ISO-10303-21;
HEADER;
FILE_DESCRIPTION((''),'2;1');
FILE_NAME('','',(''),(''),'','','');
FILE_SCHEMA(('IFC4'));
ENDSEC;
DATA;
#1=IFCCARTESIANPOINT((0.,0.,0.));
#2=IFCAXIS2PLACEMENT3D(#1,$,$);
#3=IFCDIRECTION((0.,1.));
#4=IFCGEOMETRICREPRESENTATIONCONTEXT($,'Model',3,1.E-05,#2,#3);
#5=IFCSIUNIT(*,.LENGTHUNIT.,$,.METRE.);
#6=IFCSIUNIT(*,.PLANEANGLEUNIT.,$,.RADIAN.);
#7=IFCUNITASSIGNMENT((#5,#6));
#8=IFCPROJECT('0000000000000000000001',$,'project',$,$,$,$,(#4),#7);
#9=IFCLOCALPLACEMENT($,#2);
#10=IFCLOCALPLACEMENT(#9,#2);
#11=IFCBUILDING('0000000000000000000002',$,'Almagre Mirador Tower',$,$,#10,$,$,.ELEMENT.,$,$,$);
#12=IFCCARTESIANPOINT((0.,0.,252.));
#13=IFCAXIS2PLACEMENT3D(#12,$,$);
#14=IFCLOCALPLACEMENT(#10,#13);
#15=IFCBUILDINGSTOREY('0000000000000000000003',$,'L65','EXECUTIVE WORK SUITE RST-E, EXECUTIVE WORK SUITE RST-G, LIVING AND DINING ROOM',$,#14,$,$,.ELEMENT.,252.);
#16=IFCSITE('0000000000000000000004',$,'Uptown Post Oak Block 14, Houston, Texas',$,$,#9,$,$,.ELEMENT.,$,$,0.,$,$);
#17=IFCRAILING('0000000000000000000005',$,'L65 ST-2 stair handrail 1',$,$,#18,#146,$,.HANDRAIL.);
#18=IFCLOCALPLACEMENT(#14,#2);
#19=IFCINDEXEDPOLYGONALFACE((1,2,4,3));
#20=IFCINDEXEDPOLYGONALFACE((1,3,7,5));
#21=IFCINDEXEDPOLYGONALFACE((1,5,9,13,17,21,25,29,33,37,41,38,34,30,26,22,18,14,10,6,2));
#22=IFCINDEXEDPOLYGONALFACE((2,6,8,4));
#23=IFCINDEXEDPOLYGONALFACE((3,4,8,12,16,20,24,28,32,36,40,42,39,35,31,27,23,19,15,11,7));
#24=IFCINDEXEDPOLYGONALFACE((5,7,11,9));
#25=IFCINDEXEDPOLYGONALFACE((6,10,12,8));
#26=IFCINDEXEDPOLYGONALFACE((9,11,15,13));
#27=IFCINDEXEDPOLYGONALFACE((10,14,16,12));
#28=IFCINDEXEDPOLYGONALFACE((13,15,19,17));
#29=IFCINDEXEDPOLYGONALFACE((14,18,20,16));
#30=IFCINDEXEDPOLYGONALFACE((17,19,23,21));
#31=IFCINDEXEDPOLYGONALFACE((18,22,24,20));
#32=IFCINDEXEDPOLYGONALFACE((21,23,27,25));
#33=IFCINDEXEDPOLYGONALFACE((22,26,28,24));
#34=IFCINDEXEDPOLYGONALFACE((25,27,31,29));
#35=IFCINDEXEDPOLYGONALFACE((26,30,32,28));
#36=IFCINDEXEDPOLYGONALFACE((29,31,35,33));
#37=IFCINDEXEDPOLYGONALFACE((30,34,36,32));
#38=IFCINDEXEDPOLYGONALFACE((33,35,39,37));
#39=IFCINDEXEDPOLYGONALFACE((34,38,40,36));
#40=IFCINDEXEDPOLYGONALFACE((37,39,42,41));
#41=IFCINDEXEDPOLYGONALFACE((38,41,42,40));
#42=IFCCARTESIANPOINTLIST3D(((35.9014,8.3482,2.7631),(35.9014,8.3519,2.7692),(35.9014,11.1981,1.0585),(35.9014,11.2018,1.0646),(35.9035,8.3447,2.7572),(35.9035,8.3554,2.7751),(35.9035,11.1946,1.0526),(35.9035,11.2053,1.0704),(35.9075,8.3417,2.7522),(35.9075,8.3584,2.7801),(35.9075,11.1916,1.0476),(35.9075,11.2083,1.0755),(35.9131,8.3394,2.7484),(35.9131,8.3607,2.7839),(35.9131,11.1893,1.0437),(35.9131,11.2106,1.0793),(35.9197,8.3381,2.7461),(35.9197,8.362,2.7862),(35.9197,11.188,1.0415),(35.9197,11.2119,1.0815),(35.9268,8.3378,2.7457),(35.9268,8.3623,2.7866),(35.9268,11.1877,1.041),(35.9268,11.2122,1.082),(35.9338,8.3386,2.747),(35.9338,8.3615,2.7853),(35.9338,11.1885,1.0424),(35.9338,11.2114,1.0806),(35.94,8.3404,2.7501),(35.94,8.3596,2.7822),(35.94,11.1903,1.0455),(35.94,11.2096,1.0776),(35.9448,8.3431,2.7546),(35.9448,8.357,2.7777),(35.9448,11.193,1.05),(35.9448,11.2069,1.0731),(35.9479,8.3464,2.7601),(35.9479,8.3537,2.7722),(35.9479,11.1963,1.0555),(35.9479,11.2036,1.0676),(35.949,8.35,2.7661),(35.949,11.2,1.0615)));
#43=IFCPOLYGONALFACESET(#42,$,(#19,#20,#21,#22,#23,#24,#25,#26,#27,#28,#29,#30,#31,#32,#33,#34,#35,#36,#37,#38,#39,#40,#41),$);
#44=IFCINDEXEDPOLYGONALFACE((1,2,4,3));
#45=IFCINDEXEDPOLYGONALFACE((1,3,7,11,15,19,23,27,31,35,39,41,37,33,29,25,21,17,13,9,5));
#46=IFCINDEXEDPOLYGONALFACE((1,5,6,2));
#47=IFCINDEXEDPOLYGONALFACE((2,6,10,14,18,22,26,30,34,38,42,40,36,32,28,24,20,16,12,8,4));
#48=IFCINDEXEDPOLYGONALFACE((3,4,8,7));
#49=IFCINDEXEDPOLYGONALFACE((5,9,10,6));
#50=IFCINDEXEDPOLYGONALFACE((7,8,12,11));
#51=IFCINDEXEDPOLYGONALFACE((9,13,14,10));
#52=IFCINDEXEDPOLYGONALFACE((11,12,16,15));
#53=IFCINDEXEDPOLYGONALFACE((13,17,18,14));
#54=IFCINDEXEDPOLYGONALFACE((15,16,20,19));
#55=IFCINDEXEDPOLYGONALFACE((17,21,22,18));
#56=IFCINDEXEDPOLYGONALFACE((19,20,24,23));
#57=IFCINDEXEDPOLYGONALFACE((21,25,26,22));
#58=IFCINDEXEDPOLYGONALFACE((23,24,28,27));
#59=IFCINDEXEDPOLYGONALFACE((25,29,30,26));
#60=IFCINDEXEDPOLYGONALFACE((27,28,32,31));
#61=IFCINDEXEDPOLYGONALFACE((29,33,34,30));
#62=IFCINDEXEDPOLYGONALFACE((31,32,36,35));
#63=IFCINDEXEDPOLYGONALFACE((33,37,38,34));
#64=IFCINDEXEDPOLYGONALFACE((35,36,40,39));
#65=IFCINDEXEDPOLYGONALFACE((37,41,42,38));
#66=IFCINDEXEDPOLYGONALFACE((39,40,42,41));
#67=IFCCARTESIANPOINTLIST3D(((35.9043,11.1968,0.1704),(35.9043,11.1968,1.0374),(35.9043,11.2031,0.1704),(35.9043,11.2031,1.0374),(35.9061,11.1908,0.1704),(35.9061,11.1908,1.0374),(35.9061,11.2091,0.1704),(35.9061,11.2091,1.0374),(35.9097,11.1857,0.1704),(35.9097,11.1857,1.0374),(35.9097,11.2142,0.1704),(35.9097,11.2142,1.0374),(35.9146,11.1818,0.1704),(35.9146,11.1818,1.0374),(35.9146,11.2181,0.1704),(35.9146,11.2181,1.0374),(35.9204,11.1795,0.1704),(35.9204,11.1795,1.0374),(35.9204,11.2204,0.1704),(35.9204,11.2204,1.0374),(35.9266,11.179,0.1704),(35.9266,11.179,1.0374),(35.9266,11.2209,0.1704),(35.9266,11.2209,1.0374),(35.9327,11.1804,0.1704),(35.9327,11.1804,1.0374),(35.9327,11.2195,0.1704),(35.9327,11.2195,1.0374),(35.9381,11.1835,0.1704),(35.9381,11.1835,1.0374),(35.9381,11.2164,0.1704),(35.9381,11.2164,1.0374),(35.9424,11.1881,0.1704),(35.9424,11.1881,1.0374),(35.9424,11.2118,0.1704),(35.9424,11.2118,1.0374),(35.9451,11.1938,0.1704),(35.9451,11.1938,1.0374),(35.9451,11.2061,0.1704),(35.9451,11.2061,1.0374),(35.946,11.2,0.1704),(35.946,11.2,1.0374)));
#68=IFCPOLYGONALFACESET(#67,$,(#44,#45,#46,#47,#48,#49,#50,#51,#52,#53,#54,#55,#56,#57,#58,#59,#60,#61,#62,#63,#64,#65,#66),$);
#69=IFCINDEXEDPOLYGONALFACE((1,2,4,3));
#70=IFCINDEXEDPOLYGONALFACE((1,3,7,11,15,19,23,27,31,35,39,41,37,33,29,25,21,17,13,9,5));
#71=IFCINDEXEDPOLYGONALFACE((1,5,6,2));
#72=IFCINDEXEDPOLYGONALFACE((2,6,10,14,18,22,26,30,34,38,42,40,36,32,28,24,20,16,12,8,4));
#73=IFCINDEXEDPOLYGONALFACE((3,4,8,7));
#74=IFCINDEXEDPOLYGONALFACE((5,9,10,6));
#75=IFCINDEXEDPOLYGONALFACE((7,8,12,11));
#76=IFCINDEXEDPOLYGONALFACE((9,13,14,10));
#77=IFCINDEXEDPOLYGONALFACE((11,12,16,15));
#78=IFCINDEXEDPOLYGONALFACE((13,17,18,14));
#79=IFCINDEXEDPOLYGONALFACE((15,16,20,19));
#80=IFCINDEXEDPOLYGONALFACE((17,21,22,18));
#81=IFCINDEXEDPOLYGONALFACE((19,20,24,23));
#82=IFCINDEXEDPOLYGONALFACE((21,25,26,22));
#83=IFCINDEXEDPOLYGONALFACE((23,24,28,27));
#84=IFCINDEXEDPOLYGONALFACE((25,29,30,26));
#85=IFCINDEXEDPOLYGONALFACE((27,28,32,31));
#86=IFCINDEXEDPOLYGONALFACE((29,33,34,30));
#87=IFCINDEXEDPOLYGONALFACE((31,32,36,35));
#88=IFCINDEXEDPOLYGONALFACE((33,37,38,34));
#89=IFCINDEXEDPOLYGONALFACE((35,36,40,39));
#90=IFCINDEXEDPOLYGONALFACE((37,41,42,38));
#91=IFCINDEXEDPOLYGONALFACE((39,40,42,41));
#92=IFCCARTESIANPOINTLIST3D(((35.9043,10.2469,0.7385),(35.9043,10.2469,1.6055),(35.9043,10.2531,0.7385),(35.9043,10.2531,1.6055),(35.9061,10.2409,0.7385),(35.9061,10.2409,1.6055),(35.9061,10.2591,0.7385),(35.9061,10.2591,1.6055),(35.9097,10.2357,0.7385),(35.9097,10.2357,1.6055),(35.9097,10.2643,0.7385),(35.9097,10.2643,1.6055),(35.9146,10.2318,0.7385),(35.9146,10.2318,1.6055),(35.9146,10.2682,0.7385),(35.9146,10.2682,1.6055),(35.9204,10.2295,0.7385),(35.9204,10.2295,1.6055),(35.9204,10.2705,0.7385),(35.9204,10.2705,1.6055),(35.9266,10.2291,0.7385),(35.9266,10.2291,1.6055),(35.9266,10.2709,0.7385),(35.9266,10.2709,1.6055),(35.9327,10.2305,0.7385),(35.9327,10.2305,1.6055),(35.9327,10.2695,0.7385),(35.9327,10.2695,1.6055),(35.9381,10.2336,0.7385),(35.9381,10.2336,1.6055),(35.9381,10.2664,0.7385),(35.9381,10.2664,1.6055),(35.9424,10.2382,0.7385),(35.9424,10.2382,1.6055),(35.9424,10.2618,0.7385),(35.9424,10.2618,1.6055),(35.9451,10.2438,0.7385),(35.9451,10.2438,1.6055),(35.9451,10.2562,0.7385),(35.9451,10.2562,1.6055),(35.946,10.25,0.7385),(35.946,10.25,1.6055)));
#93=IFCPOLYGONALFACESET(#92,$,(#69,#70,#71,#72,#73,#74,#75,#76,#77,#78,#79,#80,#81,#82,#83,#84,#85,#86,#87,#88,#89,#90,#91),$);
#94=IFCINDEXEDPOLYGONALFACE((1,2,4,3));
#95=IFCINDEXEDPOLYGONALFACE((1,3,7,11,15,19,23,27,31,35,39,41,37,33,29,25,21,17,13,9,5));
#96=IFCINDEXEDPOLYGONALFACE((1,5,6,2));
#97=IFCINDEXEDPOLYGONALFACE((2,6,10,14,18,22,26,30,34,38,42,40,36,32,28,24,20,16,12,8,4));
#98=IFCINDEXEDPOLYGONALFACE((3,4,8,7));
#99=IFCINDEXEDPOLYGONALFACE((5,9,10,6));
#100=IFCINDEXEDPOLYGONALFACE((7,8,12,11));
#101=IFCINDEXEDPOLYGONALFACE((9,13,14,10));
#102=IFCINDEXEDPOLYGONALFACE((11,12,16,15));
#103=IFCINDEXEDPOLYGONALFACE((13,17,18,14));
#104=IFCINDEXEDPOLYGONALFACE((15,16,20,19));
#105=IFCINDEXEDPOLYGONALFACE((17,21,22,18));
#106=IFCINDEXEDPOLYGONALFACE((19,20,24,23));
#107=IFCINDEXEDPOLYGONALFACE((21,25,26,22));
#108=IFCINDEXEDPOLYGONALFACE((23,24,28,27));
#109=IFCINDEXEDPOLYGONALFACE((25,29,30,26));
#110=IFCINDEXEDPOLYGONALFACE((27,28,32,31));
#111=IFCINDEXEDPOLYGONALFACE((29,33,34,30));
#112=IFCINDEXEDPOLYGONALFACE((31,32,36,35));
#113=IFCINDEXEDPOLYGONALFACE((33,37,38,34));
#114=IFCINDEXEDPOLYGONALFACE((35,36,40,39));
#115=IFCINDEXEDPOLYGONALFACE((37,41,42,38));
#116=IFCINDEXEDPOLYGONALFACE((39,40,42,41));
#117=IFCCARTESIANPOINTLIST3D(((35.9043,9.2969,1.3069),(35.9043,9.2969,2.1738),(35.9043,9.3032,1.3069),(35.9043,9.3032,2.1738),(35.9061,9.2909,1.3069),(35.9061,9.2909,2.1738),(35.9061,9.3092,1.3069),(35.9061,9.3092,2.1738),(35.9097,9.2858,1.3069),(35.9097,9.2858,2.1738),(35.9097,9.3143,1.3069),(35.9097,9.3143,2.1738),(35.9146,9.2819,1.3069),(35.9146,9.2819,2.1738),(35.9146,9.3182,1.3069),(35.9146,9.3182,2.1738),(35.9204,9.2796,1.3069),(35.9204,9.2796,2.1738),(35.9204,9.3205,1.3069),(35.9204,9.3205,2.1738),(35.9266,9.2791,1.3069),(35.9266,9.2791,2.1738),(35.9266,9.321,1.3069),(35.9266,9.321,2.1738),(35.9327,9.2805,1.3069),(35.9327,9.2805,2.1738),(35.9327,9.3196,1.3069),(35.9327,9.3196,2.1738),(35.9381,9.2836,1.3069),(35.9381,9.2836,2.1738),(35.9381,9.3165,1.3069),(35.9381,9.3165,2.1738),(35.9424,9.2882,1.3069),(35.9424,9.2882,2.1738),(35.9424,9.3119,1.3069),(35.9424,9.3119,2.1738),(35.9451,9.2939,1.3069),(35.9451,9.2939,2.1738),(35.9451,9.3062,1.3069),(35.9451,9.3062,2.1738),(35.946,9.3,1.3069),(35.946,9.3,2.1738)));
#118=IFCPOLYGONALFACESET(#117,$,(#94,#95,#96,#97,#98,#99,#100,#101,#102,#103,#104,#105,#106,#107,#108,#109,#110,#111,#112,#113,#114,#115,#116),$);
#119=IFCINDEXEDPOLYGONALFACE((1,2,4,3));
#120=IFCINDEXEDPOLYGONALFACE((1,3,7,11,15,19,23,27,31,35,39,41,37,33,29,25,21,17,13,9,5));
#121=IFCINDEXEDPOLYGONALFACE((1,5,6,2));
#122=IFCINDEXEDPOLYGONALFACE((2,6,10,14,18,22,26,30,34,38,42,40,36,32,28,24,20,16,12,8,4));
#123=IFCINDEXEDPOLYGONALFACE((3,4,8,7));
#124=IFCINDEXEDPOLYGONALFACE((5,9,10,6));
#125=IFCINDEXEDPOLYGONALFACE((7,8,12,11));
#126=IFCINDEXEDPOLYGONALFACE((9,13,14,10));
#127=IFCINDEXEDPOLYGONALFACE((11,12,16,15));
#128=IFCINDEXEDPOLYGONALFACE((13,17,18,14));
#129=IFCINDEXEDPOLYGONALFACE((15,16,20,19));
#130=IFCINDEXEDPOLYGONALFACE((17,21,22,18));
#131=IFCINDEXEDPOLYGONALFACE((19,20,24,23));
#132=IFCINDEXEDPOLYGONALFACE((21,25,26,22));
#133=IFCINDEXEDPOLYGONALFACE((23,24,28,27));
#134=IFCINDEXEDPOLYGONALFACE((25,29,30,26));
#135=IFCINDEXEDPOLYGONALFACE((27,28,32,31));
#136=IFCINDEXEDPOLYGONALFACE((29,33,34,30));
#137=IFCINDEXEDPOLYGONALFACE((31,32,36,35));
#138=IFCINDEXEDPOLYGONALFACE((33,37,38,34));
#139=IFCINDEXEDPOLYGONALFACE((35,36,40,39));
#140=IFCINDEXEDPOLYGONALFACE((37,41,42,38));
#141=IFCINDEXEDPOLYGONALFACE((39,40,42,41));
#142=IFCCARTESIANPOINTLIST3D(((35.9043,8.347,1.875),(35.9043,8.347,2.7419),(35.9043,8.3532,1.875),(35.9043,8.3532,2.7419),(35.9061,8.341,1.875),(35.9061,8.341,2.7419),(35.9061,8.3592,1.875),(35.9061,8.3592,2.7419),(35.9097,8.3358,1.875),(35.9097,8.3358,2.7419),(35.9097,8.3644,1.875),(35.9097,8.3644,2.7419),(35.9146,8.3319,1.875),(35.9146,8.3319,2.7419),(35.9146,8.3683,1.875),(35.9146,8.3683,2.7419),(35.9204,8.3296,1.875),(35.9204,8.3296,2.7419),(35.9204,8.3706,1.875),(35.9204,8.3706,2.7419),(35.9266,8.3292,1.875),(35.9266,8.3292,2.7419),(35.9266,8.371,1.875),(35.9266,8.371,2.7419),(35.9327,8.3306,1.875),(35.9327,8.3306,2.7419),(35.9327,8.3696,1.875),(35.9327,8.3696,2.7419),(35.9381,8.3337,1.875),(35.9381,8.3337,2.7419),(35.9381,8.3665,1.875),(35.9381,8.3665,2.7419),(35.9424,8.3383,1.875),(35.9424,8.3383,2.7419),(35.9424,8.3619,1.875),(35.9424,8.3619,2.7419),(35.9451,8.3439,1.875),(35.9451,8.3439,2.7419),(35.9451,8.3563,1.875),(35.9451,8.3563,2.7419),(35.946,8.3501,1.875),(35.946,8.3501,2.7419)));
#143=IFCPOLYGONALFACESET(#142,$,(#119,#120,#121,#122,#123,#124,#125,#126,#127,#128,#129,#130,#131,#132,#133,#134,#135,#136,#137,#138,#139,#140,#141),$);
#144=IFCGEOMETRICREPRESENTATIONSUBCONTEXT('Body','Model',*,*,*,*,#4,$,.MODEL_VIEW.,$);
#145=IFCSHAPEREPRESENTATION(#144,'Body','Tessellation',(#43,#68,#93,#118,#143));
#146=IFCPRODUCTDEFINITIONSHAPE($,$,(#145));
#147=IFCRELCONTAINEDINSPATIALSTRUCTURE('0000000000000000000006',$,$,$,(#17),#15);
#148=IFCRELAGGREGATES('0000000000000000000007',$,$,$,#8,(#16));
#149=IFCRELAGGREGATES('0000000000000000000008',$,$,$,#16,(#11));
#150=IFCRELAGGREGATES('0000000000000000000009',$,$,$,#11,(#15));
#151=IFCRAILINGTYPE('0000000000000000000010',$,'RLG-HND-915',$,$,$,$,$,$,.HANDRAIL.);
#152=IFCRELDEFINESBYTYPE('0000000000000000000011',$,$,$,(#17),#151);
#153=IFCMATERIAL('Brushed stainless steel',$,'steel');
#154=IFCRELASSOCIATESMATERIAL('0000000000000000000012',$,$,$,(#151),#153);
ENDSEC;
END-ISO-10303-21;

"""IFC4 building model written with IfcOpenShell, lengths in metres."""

from ifc_helpers import new_model, si_unit, direction, frame, origin, origin_2d, place, context, subcontext, project, spatial, circle, extrude, material, type_object, element, save


model = new_model("IFC4")

# Units and contexts
model_context = context("Model", 3, precision=1e-05, world=origin(), true_north=direction((0.0, 1.0)))
body_context = subcontext(model_context, "Body", "Model", "MODEL_VIEW")
ifc_project = project(units=[si_unit("LENGTHUNIT", "METRE"), si_unit("PLANEANGLEUNIT", "RADIAN")], contexts=[model_context])

# Site, building, storey
site_placement = place(None, origin())
site = spatial("IfcSite", under=ifc_project, at=site_placement, Name="Uptown Post Oak Block 14, Houston, Texas", CompositionType="ELEMENT", RefElevation=0.0)
building_placement = place(site_placement, origin())
building = spatial("IfcBuilding", under=site, at=building_placement, Name="Almagre Mirador Tower", CompositionType="ELEMENT")
storey_placement = place(building_placement, frame((0.0, 0.0, 252.0)))
storey = spatial("IfcBuildingStorey", under=building, at=storey_placement, Name="L65", Description="EXECUTIVE WORK SUITE RST-E, EXECUTIVE WORK SUITE RST-G, LIVING AND DINING ROOM", CompositionType="ELEMENT", Elevation=252.0)

# Railing
ifc_material_1 = material(Name="Brushed stainless steel", Category="steel")
railing_type_1 = type_object("IfcRailingType", Name="RLG-HND-915", PredefinedType="HANDRAIL", material=ifc_material_1)
railing_1_placement = place(storey_placement, frame((35.925, 11.2, 0.1704)))
element("IfcRailing", 1, at=railing_1_placement, inside=storey, type_object=railing_type_1, Name="L65 ST-2 stair handrail 1", PredefinedType="HANDRAIL", context=body_context, shape_type="SweptSolid", body=[
    extrude(circle(Radius=0.0239, at=origin_2d()), frame((0.0, 0.0, 0.8911), z_axis=(0.0, -0.858199, 0.513317), x_axis=(1.0, 0.0, 0.0)), (0.0, 0.0, 1.0), 3.3208),
    extrude(circle(Radius=0.021, at=origin_2d()), origin(), (0.0, 0.0, 1.0), 0.8669),
    extrude(circle(Radius=0.021, at=origin_2d()), frame((0.0, -0.95, 0.5681)), (0.0, 0.0, 1.0), 0.8669),
    extrude(circle(Radius=0.021, at=origin_2d()), frame((0.0, -1.8999, 1.1365)), (0.0, 0.0, 1.0), 0.8669),
    extrude(circle(Radius=0.021, at=origin_2d()), frame((0.0, -2.8499, 1.7046)), (0.0, 0.0, 1.0), 0.8669),
])

save(model, "model.ifc")
